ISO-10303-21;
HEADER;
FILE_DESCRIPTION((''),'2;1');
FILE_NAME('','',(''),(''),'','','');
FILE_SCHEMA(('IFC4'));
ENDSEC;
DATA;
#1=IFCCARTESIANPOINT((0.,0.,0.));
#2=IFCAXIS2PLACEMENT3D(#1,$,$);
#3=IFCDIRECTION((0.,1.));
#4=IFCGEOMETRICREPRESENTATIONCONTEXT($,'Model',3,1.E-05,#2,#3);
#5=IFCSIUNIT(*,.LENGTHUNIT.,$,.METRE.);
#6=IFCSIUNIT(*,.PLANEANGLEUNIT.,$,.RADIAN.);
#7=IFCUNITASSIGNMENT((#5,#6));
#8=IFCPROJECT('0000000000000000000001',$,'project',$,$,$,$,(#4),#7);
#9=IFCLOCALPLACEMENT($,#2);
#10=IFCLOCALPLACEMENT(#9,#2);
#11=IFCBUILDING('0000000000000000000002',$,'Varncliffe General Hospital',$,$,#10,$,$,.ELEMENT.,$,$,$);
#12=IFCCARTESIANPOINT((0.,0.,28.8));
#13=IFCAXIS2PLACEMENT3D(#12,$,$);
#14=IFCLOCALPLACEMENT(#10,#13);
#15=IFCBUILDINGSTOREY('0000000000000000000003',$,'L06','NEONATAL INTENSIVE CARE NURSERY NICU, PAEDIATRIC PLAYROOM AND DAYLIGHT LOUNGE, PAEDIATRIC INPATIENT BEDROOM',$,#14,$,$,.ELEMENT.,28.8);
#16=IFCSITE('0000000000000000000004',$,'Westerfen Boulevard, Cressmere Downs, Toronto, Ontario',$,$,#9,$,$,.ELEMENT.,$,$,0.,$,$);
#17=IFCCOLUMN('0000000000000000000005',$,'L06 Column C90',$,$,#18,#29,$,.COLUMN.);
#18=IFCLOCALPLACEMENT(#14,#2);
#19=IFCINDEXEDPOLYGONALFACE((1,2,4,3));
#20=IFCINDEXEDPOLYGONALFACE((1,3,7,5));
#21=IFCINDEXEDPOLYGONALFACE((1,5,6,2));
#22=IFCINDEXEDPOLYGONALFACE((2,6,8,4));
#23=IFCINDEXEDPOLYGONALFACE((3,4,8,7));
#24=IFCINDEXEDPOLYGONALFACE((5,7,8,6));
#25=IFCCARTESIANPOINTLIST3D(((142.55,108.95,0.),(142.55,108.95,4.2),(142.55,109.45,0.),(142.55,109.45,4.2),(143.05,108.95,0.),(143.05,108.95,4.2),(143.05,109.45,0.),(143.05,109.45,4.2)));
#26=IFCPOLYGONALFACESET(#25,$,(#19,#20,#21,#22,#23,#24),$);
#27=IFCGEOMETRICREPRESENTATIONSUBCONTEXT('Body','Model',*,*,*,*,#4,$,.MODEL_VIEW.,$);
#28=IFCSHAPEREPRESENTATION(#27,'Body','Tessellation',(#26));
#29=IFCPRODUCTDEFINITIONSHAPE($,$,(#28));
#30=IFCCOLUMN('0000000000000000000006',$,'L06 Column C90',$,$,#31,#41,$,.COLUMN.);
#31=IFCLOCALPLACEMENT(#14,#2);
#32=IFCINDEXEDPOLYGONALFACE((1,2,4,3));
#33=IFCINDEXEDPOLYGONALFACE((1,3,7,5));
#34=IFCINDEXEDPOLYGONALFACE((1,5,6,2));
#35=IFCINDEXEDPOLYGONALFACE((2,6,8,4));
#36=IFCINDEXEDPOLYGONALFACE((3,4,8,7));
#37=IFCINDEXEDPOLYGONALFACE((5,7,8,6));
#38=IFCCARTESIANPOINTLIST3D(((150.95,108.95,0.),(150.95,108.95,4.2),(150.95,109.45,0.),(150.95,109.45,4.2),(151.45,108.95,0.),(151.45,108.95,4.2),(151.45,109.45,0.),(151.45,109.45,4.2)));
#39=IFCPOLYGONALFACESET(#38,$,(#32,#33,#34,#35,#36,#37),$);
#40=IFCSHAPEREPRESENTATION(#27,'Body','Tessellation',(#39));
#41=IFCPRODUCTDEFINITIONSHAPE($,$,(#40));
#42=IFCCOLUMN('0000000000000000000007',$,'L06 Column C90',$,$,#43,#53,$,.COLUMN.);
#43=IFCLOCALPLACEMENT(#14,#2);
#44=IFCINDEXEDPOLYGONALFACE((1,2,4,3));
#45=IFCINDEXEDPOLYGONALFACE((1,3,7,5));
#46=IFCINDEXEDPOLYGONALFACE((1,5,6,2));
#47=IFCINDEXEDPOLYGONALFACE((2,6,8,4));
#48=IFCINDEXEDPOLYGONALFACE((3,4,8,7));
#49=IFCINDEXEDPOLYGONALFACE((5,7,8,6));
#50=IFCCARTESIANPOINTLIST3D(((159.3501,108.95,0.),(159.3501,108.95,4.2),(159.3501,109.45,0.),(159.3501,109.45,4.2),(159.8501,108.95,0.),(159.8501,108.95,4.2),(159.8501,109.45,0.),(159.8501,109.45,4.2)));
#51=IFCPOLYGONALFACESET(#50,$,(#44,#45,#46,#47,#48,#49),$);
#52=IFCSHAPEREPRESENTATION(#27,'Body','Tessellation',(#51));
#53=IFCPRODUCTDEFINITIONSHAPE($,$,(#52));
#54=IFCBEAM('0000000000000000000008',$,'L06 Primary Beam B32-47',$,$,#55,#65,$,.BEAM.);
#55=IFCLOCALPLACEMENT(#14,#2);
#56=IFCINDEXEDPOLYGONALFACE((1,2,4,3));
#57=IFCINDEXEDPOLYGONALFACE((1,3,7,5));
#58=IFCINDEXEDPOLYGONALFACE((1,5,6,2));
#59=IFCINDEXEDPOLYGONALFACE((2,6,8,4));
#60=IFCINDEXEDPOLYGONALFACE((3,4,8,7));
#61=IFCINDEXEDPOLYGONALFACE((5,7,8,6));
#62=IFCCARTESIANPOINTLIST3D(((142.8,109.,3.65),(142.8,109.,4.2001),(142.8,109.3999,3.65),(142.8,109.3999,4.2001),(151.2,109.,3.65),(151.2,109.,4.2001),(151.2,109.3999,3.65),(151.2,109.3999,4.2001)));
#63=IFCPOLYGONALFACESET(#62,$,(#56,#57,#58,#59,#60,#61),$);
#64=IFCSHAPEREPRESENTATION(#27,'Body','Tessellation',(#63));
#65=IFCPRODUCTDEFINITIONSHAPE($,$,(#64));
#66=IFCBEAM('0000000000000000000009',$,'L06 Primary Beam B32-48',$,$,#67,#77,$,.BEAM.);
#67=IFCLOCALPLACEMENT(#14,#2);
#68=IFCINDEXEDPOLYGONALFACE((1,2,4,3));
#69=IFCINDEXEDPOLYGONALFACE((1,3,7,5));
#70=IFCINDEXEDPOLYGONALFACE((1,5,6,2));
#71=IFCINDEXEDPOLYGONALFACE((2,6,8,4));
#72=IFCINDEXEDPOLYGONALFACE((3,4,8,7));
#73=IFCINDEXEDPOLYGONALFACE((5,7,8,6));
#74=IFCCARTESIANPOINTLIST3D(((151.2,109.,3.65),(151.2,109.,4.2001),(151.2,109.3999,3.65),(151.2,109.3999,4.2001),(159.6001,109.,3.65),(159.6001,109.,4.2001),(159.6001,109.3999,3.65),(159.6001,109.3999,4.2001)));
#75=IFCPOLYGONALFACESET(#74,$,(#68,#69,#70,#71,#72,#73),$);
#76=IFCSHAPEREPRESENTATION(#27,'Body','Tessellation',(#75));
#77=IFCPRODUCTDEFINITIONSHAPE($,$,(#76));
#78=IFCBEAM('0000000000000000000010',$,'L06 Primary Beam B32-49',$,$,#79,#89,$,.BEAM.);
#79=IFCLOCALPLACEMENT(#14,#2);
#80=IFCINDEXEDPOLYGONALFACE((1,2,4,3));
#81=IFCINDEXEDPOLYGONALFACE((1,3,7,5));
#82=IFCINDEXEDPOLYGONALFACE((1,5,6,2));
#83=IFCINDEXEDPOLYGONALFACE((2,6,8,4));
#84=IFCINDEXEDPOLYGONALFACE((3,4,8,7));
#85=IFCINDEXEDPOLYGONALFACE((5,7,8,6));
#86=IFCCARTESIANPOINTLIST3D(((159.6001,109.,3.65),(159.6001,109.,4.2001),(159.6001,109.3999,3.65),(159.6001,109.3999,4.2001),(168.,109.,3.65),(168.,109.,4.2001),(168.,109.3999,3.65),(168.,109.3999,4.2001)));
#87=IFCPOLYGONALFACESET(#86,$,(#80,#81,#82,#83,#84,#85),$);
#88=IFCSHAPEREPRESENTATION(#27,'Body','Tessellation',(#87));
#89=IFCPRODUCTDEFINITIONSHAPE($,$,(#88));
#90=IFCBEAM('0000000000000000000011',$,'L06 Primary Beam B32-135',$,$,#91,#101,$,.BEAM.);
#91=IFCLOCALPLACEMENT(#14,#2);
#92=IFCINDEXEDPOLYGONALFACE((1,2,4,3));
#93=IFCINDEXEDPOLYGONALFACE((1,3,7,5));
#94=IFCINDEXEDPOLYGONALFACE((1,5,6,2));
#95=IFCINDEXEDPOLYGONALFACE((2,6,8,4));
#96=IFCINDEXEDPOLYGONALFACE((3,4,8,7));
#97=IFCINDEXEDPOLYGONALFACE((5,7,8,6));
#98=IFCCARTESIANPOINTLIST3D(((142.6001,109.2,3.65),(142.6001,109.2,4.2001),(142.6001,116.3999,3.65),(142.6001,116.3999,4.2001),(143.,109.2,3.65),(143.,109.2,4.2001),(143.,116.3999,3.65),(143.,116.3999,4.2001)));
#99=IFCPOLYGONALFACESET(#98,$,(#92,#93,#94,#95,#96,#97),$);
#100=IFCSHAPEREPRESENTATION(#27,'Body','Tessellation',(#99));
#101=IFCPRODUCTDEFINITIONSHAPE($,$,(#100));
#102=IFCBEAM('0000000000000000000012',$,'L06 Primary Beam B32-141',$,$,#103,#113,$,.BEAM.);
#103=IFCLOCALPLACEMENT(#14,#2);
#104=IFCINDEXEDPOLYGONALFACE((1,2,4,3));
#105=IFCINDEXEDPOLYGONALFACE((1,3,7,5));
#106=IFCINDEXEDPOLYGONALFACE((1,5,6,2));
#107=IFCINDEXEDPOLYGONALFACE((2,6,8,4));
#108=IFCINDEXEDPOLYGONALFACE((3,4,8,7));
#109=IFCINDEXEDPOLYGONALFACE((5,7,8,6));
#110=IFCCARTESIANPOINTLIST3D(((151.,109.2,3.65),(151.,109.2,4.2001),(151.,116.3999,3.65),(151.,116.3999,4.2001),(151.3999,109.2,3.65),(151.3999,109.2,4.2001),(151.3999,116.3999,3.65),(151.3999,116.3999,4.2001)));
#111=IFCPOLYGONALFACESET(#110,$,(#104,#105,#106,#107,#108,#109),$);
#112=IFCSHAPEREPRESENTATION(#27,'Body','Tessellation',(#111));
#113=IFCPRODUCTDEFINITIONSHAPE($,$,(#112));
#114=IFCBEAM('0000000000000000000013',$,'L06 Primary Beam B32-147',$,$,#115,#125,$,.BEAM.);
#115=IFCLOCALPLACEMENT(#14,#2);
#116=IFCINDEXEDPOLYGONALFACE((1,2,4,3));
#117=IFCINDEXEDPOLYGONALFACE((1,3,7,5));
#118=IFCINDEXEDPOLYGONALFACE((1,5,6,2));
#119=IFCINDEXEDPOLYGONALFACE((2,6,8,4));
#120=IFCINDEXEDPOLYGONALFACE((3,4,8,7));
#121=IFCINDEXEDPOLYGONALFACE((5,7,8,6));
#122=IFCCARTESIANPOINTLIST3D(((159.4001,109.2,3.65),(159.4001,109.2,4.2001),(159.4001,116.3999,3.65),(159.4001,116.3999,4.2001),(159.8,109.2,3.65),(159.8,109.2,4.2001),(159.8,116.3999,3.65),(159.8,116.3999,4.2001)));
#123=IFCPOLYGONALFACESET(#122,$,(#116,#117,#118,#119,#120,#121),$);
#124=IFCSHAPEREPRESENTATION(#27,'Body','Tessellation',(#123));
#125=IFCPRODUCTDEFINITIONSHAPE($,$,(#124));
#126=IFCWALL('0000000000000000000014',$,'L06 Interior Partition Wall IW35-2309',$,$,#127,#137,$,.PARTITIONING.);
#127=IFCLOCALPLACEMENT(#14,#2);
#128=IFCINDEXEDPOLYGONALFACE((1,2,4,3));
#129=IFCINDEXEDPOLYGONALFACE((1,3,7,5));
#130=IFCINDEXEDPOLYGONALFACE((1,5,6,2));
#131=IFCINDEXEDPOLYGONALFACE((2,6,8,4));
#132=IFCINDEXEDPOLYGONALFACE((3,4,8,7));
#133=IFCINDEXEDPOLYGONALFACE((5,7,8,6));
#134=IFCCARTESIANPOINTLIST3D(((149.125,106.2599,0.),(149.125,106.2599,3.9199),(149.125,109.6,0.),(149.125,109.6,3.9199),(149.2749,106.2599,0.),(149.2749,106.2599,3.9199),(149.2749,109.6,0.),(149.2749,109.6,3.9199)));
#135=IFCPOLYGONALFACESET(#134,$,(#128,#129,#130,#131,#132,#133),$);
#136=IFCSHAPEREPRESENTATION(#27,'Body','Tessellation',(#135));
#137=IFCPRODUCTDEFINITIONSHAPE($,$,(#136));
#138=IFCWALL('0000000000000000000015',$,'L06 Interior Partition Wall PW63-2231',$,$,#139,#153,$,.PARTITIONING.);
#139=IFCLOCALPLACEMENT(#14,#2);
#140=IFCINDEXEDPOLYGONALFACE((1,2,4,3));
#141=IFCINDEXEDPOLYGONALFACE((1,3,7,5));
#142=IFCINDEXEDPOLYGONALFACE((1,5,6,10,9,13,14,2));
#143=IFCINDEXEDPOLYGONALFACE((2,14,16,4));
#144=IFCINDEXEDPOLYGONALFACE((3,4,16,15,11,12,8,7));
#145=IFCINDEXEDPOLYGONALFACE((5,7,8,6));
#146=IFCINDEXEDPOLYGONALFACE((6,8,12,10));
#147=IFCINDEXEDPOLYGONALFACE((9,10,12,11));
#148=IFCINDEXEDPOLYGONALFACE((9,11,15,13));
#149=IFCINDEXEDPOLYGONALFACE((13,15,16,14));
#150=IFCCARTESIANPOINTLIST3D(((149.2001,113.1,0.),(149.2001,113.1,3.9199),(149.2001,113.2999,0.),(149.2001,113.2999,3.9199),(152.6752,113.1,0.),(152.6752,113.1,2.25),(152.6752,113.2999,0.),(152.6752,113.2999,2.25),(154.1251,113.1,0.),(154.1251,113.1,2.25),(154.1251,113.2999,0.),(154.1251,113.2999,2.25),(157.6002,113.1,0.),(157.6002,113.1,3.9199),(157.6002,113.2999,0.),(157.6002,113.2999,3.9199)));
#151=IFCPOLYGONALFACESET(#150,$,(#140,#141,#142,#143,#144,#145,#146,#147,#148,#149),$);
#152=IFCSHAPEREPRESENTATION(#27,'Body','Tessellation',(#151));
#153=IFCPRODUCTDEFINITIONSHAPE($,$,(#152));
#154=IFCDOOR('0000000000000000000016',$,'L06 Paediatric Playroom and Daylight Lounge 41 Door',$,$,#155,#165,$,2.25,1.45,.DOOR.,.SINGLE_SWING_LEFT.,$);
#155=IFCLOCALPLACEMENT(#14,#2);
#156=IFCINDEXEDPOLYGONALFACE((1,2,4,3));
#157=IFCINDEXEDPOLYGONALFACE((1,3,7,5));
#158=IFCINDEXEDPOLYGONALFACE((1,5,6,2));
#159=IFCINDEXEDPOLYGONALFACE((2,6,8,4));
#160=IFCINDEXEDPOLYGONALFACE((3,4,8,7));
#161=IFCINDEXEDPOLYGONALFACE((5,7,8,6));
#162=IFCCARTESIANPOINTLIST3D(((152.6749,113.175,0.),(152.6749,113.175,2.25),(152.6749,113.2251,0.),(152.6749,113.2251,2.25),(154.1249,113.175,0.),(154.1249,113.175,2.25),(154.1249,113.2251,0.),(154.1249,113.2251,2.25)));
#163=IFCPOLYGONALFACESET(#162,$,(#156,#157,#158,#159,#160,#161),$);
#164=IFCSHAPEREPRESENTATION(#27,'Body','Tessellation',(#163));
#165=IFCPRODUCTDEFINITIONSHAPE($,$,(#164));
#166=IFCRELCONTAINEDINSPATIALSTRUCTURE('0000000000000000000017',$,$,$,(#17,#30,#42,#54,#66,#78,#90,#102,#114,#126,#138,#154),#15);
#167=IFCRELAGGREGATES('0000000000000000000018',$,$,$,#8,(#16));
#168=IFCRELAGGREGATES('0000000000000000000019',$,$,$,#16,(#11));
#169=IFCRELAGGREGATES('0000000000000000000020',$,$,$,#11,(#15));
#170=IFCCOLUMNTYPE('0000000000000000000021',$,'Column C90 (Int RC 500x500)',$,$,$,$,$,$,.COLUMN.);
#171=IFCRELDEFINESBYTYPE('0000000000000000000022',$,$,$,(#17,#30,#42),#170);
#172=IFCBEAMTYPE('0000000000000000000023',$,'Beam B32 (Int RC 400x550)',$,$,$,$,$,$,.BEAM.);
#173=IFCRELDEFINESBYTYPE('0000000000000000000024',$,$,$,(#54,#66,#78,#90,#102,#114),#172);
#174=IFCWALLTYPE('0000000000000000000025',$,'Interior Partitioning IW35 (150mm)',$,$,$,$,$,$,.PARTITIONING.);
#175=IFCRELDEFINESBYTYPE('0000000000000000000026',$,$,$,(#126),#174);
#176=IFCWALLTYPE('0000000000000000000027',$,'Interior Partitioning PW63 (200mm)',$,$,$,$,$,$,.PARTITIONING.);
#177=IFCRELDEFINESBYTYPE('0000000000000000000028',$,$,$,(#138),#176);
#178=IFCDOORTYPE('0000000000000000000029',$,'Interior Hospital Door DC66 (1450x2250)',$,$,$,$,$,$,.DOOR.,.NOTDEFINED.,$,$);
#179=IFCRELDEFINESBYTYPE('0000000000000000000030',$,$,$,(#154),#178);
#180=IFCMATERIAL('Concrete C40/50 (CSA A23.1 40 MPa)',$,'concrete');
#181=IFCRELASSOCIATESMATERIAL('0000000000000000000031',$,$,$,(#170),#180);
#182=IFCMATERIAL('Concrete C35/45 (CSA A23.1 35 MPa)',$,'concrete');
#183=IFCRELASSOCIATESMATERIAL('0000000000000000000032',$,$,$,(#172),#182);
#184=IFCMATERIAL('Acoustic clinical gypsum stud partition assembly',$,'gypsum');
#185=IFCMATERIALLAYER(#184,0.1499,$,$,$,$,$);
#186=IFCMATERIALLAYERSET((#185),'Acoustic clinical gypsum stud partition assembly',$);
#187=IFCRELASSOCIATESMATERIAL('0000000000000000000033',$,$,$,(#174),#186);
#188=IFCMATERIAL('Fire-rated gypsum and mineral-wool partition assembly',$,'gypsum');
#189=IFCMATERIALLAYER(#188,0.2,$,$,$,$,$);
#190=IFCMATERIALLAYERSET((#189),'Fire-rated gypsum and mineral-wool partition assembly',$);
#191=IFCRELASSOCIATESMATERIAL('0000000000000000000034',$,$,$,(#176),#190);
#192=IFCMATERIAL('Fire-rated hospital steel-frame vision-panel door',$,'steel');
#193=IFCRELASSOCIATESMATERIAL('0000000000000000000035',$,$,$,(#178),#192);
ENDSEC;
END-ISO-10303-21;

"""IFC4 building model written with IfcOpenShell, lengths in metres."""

from ifc_helpers import new_model, si_unit, direction, frame, frame_2d, origin, origin_2d, place, context, subcontext, project, spatial, rectangle, extrude, material, layer, layer_set, material_profile, profile_set, type_object, element, fill, save


model = new_model("IFC4")

# Units and contexts
model_context = context("Model", 3, precision=1e-05, world=origin(), true_north=direction((0.0, 1.0)))
body_context = subcontext(model_context, "Body", "Model", "MODEL_VIEW")
ifc_project = project(units=[si_unit("LENGTHUNIT", "METRE"), si_unit("PLANEANGLEUNIT", "RADIAN")], contexts=[model_context])

# Site, building, storey
site_placement = place(None, origin())
site = spatial("IfcSite", under=ifc_project, at=site_placement, Name="Westerfen Boulevard, Cressmere Downs, Toronto, Ontario", CompositionType="ELEMENT", RefElevation=0.0)
building_placement = place(site_placement, origin())
building = spatial("IfcBuilding", under=site, at=building_placement, Name="Varncliffe General Hospital", CompositionType="ELEMENT")
storey_placement = place(building_placement, frame((0.0, 0.0, 28.8)))
storey = spatial("IfcBuildingStorey", under=building, at=storey_placement, Name="L06", Description="NEONATAL INTENSIVE CARE NURSERY NICU, PAEDIATRIC PLAYROOM AND DAYLIGHT LOUNGE, PAEDIATRIC INPATIENT BEDROOM", CompositionType="ELEMENT", Elevation=28.8)

# Columns
ifc_material_1 = material(Name="Concrete C40/50 (CSA A23.1 40 MPa)", Category="concrete")
ifc_material_profile_1 = material_profile(ifc_material_1, rectangle(XDim=0.5, YDim=0.5, at=origin_2d()), Name="RC 500x500")
ifc_profile_set_1 = profile_set([ifc_material_profile_1], Name="Concrete C40/50 (CSA A23.1 40 MPa)")
column_type = type_object("IfcColumnType", Name="Column C90 (Int RC 500x500)", PredefinedType="COLUMN", material=ifc_profile_set_1)
for number, where, z_axis, x_axis, name in (
    (1, (142.8, 109.2, 0.0), (0.0, 0.0, 1.0), (1.0, 0.0, 0.0), "L06 Column C90"),
    (2, (151.2, 109.2, 0.0), (0.0, 0.0, 1.0), (1.0, 0.0, 0.0), "L06 Column C90"),
    (3, (159.6001, 109.2, 0.0), (0.0, 0.0, 1.0), (1.0, 0.0, 0.0), "L06 Column C90"),
):
    element("IfcColumn", number, at=place(storey_placement, frame(where, z_axis=z_axis, x_axis=x_axis)), inside=storey, type_object=column_type, Name=name, PredefinedType="COLUMN", context=body_context, shape_type="SweptSolid", body=[
        extrude(rectangle(XDim=0.5, YDim=0.5, at=origin_2d()), origin(), (0.0, 0.0, 1.0), 4.2),
    ])

# Beams
ifc_material_2 = material(Name="Concrete C35/45 (CSA A23.1 35 MPa)", Category="concrete")
ifc_material_profile_2 = material_profile(ifc_material_2, rectangle(XDim=0.3999, YDim=0.55, at=origin_2d()), Name="RC 400x550")
ifc_profile_set_2 = profile_set([ifc_material_profile_2], Name="Concrete C35/45 (CSA A23.1 35 MPa)")
beam_type = type_object("IfcBeamType", Name="Beam B32 (Int RC 400x550)", PredefinedType="BEAM", material=ifc_profile_set_2)
beam_1_placement = place(storey_placement, frame((142.8, 109.2, 3.925), z_axis=(1.0, 0.0, 0.0), x_axis=(0.0, 1.0, 0.0)))
element("IfcBeam", 4, at=beam_1_placement, inside=storey, type_object=beam_type, Name="L06 Primary Beam B32-47", PredefinedType="BEAM", context=body_context, shape_type="SweptSolid", body=[
    extrude(rectangle(XDim=0.3999, YDim=0.55, at=origin_2d()), origin(), (0.0, 0.0, 1.0), 8.3999),
])
beam_2_placement = place(storey_placement, frame((151.2, 109.2, 3.925), z_axis=(1.0, 0.0, 0.0), x_axis=(0.0, 1.0, 0.0)))
element("IfcBeam", 5, at=beam_2_placement, inside=storey, type_object=beam_type, Name="L06 Primary Beam B32-48", PredefinedType="BEAM", context=body_context, shape_type="SweptSolid", body=[
    extrude(rectangle(XDim=0.3999, YDim=0.55, at=origin_2d()), origin(), (0.0, 0.0, 1.0), 8.4001),
])
beam_3_placement = place(storey_placement, frame((159.6001, 109.2, 3.925), z_axis=(1.0, 0.0, 0.0), x_axis=(0.0, 1.0, 0.0)))
element("IfcBeam", 6, at=beam_3_placement, inside=storey, type_object=beam_type, Name="L06 Primary Beam B32-49", PredefinedType="BEAM", context=body_context, shape_type="SweptSolid", body=[
    extrude(rectangle(XDim=0.3999, YDim=0.55, at=origin_2d()), origin(), (0.0, 0.0, 1.0), 8.3999),
])
for number, where, z_axis, x_axis, name in (
    (7, (142.8, 109.2, 3.925), (0.0, 1.0, 0.0), (-1.0, 0.0, 0.0), "L06 Primary Beam B32-135"),
    (8, (151.2, 109.2, 3.925), (0.0, 1.0, 0.0), (-1.0, 0.0, 0.0), "L06 Primary Beam B32-141"),
    (9, (159.6001, 109.2, 3.925), (0.0, 1.0, 0.0), (-1.0, 0.0, 0.0), "L06 Primary Beam B32-147"),
):
    element("IfcBeam", number, at=place(storey_placement, frame(where, z_axis=z_axis, x_axis=x_axis)), inside=storey, type_object=beam_type, Name=name, PredefinedType="BEAM", context=body_context, shape_type="SweptSolid", body=[
        extrude(rectangle(XDim=0.3999, YDim=0.55, at=origin_2d()), origin(), (0.0, 0.0, 1.0), 7.2),
    ])

# Wall
ifc_material_3 = material(Name="Acoustic clinical gypsum stud partition assembly", Category="gypsum")
ifc_layer_1 = layer(ifc_material_3, 0.1499)
ifc_layer_set_1 = layer_set([ifc_layer_1], Name="Acoustic clinical gypsum stud partition assembly")
wall_type_1 = type_object("IfcWallType", Name="Interior Partitioning IW35 (150mm)", PredefinedType="PARTITIONING", material=ifc_layer_set_1)
wall_1_placement = place(storey_placement, frame((149.2, 106.26, 0.0), z_axis=(0.0, 0.0, 1.0), x_axis=(0.0, 1.0, 0.0)))
element("IfcWall", 10, at=wall_1_placement, inside=storey, type_object=wall_type_1, Name="L06 Interior Partition Wall IW35-2309", PredefinedType="PARTITIONING", context=body_context, shape_type="SweptSolid", body=[
    extrude(rectangle(XDim=3.3401, YDim=0.1499, at=frame_2d((1.6699, 0.0))), origin(), (0.0, 0.0, 1.0), 3.9199),
])

# Wall, opening, door
ifc_material_4 = material(Name="Fire-rated gypsum and mineral-wool partition assembly", Category="gypsum")
ifc_layer_2 = layer(ifc_material_4, 0.2)
ifc_layer_set_2 = layer_set([ifc_layer_2], Name="Fire-rated gypsum and mineral-wool partition assembly")
wall_type_2 = type_object("IfcWallType", Name="Interior Partitioning PW63 (200mm)", PredefinedType="PARTITIONING", material=ifc_layer_set_2)
wall_2_placement = place(storey_placement, frame((149.2, 113.2, 0.0), z_axis=(0.0, 0.0, 1.0), x_axis=(1.0, 0.0, 0.0)))
wall_2 = element("IfcWall", 11, at=wall_2_placement, inside=storey, type_object=wall_type_2, Name="L06 Interior Partition Wall PW63-2231", PredefinedType="PARTITIONING", context=body_context, shape_type="SweptSolid", body=[
    extrude(rectangle(XDim=8.4001, YDim=0.2, at=frame_2d((4.2002, 0.0))), origin(), (0.0, 0.0, 1.0), 3.9199),
])
opening_1_placement = place(wall_2_placement, frame((3.4751, 0.0, 0.0)))
opening_1 = element("IfcOpeningElement", 12, at=opening_1_placement, cuts=wall_2, PredefinedType="OPENING", context=body_context, shape_type="SweptSolid", body=[
    extrude(rectangle(XDim=1.45, YDim=2.25, at=frame_2d((0.7251, 1.125))), frame((0.0, 0.1099, 0.0), z_axis=(0.0, -1.0, 0.0), x_axis=(1.0, 0.0, 0.0)), (0.0, 0.0, 1.0), 0.22),
])
ifc_material_5 = material(Name="Fire-rated hospital steel-frame vision-panel door", Category="steel")
door_type_1 = type_object("IfcDoorType", Name="Interior Hospital Door DC66 (1450x2250)", OperationType="NOTDEFINED", PredefinedType="DOOR", material=ifc_material_5)
door_1_placement = place(opening_1_placement, frame((1.45, 0.0, 0.0), z_axis=(0.0, 0.0, 1.0), x_axis=(-1.0, 0.0, 0.0)))
door_1 = element("IfcDoor", 13, at=door_1_placement, inside=storey, type_object=door_type_1, Name="L06 Paediatric Playroom and Daylight Lounge 41 Door", OperationType="SINGLE_SWING_LEFT", OverallHeight=2.25, OverallWidth=1.45, PredefinedType="DOOR", context=body_context, shape_type="SweptSolid", body=[
    extrude(rectangle(XDim=1.45, YDim=2.25, at=frame_2d((0.7251, 1.125))), frame((0.0, 0.0249, 0.0), z_axis=(0.0, -1.0, 0.0), x_axis=(1.0, 0.0, 0.0)), (0.0, 0.0, 1.0), 0.05),
])
fill(opening_1, door_1)

save(model, "model.ifc")
